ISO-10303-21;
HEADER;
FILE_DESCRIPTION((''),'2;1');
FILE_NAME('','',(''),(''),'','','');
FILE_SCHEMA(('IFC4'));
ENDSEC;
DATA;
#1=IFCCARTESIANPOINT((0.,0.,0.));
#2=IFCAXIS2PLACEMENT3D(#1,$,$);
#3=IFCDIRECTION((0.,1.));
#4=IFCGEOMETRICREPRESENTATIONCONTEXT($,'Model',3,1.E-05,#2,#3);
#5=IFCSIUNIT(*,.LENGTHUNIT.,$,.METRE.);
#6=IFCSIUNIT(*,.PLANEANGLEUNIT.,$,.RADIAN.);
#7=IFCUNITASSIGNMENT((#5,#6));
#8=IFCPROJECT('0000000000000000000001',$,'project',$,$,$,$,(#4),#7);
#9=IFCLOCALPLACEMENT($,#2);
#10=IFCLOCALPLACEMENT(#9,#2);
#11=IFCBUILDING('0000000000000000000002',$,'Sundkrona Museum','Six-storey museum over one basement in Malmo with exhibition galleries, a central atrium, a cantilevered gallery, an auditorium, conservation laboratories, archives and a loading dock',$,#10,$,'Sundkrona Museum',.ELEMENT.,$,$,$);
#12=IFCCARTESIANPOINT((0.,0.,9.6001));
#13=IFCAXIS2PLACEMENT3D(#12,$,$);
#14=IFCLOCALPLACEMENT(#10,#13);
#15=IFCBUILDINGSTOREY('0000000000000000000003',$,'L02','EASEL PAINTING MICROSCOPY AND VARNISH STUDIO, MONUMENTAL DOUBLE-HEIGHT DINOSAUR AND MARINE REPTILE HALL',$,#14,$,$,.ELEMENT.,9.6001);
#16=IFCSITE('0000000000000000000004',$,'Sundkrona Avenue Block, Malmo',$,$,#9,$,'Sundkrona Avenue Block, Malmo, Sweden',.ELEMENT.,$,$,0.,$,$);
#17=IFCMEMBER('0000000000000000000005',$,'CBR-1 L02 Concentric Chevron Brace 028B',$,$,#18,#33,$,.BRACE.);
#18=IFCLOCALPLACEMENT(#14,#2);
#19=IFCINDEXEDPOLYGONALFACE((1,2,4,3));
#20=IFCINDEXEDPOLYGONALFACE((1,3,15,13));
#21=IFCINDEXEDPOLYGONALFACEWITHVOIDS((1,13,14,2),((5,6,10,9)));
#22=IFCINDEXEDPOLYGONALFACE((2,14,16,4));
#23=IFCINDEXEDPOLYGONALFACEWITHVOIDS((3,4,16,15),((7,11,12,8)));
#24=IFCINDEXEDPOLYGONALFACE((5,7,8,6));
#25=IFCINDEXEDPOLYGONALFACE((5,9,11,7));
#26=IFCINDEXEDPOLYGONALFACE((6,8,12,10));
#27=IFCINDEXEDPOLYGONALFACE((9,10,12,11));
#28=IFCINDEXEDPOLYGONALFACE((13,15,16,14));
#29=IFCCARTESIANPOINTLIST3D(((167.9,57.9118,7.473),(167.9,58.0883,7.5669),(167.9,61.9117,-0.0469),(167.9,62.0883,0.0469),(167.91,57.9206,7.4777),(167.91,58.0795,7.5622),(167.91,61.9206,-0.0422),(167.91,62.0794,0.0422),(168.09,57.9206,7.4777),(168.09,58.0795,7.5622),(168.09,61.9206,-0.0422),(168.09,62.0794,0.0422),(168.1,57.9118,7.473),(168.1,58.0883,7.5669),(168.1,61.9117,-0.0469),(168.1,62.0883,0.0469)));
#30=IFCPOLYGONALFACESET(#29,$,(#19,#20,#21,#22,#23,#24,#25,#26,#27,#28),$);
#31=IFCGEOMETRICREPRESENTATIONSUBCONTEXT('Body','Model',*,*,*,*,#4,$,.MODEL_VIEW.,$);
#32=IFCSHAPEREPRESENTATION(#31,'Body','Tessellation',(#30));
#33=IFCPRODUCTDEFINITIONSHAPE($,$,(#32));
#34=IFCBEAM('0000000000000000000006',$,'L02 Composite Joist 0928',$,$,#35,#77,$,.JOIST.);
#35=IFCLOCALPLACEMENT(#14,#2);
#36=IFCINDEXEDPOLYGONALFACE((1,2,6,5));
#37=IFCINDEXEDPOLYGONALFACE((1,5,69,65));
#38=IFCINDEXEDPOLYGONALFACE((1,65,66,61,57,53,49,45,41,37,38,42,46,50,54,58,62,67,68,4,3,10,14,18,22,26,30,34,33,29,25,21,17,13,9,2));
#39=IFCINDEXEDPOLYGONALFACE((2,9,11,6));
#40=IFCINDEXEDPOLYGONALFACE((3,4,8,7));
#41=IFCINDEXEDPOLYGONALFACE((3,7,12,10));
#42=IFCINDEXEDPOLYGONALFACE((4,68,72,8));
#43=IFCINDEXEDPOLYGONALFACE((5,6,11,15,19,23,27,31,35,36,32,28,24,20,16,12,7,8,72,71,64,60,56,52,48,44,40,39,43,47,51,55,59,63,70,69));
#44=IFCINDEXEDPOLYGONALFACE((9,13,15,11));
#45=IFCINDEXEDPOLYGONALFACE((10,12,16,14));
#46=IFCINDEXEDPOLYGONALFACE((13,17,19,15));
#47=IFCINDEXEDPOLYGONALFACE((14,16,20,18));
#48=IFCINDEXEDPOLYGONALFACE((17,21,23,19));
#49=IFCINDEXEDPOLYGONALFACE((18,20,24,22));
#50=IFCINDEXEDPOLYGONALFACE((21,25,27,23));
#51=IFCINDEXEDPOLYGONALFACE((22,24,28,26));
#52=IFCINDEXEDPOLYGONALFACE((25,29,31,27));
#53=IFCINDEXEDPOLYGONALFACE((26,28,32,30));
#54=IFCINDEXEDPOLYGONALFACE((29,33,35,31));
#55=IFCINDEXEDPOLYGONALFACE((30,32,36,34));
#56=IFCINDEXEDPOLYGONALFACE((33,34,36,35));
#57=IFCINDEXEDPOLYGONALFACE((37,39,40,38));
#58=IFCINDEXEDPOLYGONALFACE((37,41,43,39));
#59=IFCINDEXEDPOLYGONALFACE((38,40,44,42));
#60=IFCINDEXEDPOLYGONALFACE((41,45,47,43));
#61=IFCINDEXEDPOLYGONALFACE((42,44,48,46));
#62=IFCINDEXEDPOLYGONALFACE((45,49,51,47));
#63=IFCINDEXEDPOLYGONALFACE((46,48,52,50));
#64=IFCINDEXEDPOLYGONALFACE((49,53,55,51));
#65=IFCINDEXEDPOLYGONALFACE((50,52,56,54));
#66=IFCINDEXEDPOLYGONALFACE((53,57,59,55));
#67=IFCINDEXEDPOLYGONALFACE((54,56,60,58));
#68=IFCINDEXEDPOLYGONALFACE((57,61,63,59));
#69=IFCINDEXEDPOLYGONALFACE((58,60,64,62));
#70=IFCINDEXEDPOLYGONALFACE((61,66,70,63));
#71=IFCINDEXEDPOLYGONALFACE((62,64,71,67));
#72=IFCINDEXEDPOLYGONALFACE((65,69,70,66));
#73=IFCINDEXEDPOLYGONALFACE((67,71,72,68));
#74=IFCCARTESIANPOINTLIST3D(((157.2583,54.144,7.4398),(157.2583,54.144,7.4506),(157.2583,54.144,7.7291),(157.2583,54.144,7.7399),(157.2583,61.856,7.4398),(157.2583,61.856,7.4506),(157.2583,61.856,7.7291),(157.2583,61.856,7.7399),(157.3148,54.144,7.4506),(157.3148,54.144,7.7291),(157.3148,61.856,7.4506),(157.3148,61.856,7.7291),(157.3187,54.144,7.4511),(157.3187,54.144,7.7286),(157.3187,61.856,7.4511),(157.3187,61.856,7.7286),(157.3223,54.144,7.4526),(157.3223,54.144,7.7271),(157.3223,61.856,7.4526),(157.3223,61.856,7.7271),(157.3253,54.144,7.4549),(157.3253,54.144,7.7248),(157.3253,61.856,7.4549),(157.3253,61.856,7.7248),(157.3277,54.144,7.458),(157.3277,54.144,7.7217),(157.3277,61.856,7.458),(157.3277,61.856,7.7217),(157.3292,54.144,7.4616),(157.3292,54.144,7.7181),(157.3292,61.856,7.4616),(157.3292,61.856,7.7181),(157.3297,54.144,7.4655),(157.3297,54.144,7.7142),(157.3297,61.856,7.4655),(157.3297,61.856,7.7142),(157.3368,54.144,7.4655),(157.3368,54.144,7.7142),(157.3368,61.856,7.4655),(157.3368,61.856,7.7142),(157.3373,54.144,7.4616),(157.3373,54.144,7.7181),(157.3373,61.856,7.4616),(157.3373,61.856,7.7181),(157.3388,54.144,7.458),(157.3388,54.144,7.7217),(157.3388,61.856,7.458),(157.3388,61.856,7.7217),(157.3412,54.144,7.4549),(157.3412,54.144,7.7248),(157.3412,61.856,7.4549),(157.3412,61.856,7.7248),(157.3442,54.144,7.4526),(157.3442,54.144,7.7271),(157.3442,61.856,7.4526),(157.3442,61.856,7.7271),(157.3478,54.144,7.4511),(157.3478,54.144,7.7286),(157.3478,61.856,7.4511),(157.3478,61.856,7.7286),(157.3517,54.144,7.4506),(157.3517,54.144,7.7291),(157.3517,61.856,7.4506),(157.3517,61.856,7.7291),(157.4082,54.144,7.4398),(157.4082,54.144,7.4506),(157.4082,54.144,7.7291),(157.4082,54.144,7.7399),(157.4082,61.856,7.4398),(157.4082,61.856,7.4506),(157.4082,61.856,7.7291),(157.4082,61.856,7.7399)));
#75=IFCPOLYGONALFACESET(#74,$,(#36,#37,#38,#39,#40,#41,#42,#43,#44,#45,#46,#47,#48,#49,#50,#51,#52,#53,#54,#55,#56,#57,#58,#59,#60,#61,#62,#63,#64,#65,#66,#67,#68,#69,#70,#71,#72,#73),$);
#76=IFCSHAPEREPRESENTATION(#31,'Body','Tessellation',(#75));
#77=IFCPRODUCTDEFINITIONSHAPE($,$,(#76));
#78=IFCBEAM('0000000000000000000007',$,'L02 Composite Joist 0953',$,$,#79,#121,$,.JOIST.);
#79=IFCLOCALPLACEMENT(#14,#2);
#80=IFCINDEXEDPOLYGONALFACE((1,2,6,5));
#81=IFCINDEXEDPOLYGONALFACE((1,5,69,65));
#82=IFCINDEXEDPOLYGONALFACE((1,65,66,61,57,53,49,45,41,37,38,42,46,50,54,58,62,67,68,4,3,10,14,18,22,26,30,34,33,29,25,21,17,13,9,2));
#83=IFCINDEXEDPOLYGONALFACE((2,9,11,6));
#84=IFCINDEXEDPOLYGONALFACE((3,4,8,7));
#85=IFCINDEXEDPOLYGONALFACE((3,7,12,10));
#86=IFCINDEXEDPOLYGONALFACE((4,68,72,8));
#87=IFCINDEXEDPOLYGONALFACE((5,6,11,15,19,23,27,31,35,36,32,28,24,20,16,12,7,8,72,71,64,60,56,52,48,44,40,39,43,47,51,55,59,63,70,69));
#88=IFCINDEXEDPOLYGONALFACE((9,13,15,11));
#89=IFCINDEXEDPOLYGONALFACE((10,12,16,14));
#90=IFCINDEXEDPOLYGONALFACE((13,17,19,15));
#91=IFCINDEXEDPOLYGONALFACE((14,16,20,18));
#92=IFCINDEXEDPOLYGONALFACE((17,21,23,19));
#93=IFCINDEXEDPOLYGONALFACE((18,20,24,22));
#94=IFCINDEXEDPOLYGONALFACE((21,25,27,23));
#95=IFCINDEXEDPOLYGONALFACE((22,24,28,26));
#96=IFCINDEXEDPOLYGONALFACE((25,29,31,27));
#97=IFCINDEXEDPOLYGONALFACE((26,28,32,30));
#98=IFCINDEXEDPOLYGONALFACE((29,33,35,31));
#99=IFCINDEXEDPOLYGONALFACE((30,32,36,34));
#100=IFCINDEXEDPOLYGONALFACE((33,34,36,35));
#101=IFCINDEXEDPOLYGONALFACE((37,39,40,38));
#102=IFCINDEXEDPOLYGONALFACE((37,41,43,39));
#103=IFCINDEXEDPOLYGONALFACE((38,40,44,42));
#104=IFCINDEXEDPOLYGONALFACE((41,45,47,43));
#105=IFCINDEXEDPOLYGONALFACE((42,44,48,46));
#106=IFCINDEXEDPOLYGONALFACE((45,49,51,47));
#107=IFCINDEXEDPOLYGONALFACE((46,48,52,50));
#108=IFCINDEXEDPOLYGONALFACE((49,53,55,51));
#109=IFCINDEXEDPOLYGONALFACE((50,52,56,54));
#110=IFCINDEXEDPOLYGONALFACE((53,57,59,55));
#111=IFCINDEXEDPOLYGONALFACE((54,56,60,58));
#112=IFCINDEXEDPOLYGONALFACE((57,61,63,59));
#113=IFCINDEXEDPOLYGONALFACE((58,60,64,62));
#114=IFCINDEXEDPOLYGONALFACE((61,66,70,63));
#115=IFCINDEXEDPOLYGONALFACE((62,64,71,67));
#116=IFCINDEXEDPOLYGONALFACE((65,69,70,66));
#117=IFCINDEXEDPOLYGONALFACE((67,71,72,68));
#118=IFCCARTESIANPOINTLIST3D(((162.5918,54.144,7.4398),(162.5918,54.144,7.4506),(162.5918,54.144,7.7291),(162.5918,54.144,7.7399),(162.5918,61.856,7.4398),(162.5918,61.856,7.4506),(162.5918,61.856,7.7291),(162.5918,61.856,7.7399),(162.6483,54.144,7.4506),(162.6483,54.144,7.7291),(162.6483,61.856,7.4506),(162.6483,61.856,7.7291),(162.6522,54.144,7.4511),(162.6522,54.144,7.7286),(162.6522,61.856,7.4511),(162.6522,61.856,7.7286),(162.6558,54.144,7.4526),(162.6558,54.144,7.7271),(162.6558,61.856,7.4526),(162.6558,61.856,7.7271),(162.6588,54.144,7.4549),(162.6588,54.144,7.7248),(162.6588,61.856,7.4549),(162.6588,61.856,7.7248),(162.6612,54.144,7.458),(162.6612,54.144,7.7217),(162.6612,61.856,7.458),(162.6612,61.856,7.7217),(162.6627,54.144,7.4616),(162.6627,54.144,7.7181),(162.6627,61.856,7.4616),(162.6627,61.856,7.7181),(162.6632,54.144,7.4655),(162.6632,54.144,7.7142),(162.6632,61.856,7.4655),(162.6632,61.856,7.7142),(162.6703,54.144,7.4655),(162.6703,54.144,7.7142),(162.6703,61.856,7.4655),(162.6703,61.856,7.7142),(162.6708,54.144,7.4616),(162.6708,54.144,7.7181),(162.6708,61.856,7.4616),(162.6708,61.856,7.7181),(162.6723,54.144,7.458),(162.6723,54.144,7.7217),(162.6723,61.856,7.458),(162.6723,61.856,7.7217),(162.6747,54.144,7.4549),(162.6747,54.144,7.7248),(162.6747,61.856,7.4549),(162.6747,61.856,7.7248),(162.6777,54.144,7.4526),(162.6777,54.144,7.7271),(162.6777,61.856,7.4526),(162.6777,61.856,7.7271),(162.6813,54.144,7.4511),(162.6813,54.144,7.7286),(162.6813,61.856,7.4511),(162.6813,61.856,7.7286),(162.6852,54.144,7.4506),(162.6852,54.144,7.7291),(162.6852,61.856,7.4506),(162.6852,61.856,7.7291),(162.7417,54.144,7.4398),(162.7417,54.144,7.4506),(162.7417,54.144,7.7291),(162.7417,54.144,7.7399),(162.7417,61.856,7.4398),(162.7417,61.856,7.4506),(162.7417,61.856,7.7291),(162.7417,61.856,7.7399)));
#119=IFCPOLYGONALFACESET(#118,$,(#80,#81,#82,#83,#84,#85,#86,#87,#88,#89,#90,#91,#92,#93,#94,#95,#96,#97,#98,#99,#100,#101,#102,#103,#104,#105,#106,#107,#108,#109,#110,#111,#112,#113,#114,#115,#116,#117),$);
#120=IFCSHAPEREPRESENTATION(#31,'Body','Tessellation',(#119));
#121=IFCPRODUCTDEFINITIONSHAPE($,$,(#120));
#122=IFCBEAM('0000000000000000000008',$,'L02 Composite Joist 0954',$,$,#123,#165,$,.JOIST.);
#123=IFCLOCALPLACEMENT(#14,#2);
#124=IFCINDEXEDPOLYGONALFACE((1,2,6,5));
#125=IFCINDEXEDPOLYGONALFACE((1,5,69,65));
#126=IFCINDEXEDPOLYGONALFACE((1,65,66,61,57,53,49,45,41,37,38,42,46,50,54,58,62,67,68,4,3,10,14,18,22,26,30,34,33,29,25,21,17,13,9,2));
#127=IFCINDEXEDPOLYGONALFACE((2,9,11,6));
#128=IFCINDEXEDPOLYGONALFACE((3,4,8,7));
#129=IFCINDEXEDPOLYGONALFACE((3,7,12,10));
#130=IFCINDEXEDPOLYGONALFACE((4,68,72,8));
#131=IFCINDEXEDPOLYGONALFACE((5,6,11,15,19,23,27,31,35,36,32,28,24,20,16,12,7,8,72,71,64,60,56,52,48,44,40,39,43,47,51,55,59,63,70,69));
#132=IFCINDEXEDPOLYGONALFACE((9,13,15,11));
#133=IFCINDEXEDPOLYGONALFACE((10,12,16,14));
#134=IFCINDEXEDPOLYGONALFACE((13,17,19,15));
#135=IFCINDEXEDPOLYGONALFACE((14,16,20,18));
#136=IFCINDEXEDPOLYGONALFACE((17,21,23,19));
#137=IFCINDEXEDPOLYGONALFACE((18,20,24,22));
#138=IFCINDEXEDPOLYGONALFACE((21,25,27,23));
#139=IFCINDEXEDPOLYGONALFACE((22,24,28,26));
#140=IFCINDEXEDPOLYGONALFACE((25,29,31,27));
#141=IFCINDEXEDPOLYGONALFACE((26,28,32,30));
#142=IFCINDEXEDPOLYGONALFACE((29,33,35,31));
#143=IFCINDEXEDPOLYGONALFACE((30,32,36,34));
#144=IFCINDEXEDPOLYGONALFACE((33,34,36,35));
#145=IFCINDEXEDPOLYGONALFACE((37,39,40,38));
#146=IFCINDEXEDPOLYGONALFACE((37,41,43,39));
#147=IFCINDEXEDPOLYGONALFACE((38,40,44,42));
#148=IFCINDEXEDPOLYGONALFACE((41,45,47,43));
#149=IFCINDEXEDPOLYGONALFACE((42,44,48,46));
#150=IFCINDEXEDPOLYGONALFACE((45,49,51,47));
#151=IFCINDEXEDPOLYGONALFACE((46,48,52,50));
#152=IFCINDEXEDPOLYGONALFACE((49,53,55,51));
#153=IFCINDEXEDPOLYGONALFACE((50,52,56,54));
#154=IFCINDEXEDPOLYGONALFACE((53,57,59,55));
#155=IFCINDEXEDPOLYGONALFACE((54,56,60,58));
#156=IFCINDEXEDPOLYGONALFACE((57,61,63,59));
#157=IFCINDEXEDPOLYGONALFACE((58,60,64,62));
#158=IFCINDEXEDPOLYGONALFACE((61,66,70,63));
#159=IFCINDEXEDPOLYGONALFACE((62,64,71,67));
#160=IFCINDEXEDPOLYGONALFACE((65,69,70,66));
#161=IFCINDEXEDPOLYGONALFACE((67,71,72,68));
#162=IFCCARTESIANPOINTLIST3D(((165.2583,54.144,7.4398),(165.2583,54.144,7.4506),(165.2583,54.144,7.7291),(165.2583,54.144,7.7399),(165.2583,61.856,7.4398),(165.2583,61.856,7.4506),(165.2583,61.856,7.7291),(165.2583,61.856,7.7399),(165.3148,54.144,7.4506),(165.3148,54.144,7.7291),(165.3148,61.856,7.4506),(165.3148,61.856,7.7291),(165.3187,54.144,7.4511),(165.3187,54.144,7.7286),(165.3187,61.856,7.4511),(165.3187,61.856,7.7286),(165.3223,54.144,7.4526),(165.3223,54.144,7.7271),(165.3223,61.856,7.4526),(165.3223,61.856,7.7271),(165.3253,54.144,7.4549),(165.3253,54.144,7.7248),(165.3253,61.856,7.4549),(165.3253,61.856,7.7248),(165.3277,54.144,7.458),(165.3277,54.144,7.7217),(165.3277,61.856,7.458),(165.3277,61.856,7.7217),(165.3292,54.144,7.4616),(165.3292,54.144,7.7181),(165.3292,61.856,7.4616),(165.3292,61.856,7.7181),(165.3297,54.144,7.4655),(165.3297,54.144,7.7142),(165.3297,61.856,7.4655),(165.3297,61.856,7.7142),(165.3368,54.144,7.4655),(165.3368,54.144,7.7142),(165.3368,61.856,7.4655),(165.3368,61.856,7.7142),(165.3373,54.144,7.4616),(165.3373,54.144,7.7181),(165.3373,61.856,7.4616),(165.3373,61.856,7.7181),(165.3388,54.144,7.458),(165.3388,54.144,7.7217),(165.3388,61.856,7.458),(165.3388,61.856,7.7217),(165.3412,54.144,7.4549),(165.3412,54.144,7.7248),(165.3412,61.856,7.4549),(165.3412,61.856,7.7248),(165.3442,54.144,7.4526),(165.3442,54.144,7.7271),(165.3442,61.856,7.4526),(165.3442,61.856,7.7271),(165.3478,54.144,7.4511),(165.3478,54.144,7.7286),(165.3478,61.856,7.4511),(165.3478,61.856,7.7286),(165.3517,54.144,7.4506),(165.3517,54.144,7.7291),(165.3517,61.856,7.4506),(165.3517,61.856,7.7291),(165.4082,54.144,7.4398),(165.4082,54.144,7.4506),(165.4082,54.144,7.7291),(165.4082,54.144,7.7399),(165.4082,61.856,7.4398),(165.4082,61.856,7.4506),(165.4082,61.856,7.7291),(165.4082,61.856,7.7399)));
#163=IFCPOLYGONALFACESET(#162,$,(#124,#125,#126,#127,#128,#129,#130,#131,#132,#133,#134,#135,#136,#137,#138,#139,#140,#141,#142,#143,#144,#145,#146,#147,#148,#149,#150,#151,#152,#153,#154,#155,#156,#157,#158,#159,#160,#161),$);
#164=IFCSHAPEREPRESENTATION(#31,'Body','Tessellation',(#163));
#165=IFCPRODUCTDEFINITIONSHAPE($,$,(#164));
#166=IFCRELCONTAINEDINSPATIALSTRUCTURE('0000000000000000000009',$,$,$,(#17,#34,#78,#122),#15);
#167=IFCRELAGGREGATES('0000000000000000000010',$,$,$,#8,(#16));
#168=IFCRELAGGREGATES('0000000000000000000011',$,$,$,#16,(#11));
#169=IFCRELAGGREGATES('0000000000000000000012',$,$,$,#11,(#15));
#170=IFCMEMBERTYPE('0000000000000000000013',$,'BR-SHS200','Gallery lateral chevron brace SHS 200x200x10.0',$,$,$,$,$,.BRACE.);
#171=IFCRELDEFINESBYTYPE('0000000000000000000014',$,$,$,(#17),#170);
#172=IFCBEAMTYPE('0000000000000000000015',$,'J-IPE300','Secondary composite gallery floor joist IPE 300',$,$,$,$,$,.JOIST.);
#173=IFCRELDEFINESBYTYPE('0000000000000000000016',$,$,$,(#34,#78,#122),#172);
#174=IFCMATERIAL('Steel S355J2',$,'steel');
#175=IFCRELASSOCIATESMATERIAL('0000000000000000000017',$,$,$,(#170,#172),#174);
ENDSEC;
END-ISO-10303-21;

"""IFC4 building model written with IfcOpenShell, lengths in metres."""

from ifc_helpers import new_model, si_unit, direction, frame, origin, origin_2d, place, context, subcontext, project, spatial, hollow_rectangle, i_section, extrude, material, material_profile, profile_set, type_object, element, save


model = new_model("IFC4")

# Units and contexts
model_context = context("Model", 3, precision=1e-05, world=origin(), true_north=direction((0.0, 1.0)))
body_context = subcontext(model_context, "Body", "Model", "MODEL_VIEW")
ifc_project = project(units=[si_unit("LENGTHUNIT", "METRE"), si_unit("PLANEANGLEUNIT", "RADIAN")], contexts=[model_context])

# Site, building, storey
site_placement = place(None, origin())
site = spatial("IfcSite", under=ifc_project, at=site_placement, Name="Sundkrona Avenue Block, Malmo", LongName="Sundkrona Avenue Block, Malmo, Sweden", CompositionType="ELEMENT", RefElevation=0.0)
building_placement = place(site_placement, origin())
building = spatial("IfcBuilding", under=site, at=building_placement, Name="Sundkrona Museum", Description="Six-storey museum over one basement in Malmo with exhibition galleries, a central atrium, a cantilevered gallery, an auditorium, conservation laboratories, archives and a loading dock", LongName="Sundkrona Museum", CompositionType="ELEMENT")
storey_placement = place(building_placement, frame((0.0, 0.0, 9.6001)))
storey = spatial("IfcBuildingStorey", under=building, at=storey_placement, Name="L02", Description="EASEL PAINTING MICROSCOPY AND VARNISH STUDIO, MONUMENTAL DOUBLE-HEIGHT DINOSAUR AND MARINE REPTILE HALL", CompositionType="ELEMENT", Elevation=9.6001)

# Shared definitions
ifc_material_1 = material(Name="Steel S355J2", Category="steel")

# Member
ifc_material_profile_1 = material_profile(ifc_material_1, hollow_rectangle(XDim=0.2, YDim=0.2, WallThickness=0.01, at=origin_2d()), Name="SHS 200x200x10.0")
ifc_profile_set_1 = profile_set([ifc_material_profile_1], Name="Steel S355J2")
member_type = type_object("IfcMemberType", Name="BR-SHS200", Description="Gallery lateral chevron brace SHS 200x200x10.0", PredefinedType="BRACE", material=ifc_profile_set_1)
for number, where, z_axis, x_axis, name in (
    (1, (168.0, 62.0, 0.0), (0.0, -0.469612, 0.882873), (1.0, 0.0, 0.0), "CBR-1 L02 Concentric Chevron Brace 028B"),
):
    element("IfcMember", number, at=place(storey_placement, frame(where, z_axis=z_axis, x_axis=x_axis)), inside=storey, type_object=member_type, Name=name, PredefinedType="BRACE", context=body_context, shape_type="SweptSolid", body=[
        extrude(hollow_rectangle(XDim=0.2, YDim=0.2, WallThickness=0.01, at=origin_2d()), origin(), (0.0, 0.0, 1.0), 8.5176),
    ])

# Beams
ifc_material_profile_2 = material_profile(ifc_material_1, i_section(OverallWidth=0.1499, OverallDepth=0.3, WebThickness=0.0071, FlangeThickness=0.0107, FilletRadius=0.0149, at=origin_2d()), Name="IPE 300")
ifc_profile_set_2 = profile_set([ifc_material_profile_2], Name="Steel S355J2")
beam_type_1 = type_object("IfcBeamType", Name="J-IPE300", Description="Secondary composite gallery floor joist IPE 300", PredefinedType="JOIST", material=ifc_profile_set_2)
for number, where, z_axis, x_axis, name in (
    (2, (157.3333, 54.144, 7.5898), (0.0, 1.0, 0.0), (-1.0, 0.0, 0.0), "L02 Composite Joist 0928"),
    (3, (162.6667, 54.144, 7.5898), (0.0, 1.0, 0.0), (-1.0, 0.0, 0.0), "L02 Composite Joist 0953"),
    (4, (165.3333, 54.144, 7.5898), (0.0, 1.0, 0.0), (-1.0, 0.0, 0.0), "L02 Composite Joist 0954"),
):
    element("IfcBeam", number, at=place(storey_placement, frame(where, z_axis=z_axis, x_axis=x_axis)), inside=storey, type_object=beam_type_1, Name=name, PredefinedType="JOIST", context=body_context, shape_type="SweptSolid", body=[
        extrude(i_section(OverallWidth=0.1499, OverallDepth=0.3, WebThickness=0.0071, FlangeThickness=0.0107, FilletRadius=0.0149, at=origin_2d()), origin(), (0.0, 0.0, 1.0), 7.7119),
    ])

save(model, "model.ifc")
